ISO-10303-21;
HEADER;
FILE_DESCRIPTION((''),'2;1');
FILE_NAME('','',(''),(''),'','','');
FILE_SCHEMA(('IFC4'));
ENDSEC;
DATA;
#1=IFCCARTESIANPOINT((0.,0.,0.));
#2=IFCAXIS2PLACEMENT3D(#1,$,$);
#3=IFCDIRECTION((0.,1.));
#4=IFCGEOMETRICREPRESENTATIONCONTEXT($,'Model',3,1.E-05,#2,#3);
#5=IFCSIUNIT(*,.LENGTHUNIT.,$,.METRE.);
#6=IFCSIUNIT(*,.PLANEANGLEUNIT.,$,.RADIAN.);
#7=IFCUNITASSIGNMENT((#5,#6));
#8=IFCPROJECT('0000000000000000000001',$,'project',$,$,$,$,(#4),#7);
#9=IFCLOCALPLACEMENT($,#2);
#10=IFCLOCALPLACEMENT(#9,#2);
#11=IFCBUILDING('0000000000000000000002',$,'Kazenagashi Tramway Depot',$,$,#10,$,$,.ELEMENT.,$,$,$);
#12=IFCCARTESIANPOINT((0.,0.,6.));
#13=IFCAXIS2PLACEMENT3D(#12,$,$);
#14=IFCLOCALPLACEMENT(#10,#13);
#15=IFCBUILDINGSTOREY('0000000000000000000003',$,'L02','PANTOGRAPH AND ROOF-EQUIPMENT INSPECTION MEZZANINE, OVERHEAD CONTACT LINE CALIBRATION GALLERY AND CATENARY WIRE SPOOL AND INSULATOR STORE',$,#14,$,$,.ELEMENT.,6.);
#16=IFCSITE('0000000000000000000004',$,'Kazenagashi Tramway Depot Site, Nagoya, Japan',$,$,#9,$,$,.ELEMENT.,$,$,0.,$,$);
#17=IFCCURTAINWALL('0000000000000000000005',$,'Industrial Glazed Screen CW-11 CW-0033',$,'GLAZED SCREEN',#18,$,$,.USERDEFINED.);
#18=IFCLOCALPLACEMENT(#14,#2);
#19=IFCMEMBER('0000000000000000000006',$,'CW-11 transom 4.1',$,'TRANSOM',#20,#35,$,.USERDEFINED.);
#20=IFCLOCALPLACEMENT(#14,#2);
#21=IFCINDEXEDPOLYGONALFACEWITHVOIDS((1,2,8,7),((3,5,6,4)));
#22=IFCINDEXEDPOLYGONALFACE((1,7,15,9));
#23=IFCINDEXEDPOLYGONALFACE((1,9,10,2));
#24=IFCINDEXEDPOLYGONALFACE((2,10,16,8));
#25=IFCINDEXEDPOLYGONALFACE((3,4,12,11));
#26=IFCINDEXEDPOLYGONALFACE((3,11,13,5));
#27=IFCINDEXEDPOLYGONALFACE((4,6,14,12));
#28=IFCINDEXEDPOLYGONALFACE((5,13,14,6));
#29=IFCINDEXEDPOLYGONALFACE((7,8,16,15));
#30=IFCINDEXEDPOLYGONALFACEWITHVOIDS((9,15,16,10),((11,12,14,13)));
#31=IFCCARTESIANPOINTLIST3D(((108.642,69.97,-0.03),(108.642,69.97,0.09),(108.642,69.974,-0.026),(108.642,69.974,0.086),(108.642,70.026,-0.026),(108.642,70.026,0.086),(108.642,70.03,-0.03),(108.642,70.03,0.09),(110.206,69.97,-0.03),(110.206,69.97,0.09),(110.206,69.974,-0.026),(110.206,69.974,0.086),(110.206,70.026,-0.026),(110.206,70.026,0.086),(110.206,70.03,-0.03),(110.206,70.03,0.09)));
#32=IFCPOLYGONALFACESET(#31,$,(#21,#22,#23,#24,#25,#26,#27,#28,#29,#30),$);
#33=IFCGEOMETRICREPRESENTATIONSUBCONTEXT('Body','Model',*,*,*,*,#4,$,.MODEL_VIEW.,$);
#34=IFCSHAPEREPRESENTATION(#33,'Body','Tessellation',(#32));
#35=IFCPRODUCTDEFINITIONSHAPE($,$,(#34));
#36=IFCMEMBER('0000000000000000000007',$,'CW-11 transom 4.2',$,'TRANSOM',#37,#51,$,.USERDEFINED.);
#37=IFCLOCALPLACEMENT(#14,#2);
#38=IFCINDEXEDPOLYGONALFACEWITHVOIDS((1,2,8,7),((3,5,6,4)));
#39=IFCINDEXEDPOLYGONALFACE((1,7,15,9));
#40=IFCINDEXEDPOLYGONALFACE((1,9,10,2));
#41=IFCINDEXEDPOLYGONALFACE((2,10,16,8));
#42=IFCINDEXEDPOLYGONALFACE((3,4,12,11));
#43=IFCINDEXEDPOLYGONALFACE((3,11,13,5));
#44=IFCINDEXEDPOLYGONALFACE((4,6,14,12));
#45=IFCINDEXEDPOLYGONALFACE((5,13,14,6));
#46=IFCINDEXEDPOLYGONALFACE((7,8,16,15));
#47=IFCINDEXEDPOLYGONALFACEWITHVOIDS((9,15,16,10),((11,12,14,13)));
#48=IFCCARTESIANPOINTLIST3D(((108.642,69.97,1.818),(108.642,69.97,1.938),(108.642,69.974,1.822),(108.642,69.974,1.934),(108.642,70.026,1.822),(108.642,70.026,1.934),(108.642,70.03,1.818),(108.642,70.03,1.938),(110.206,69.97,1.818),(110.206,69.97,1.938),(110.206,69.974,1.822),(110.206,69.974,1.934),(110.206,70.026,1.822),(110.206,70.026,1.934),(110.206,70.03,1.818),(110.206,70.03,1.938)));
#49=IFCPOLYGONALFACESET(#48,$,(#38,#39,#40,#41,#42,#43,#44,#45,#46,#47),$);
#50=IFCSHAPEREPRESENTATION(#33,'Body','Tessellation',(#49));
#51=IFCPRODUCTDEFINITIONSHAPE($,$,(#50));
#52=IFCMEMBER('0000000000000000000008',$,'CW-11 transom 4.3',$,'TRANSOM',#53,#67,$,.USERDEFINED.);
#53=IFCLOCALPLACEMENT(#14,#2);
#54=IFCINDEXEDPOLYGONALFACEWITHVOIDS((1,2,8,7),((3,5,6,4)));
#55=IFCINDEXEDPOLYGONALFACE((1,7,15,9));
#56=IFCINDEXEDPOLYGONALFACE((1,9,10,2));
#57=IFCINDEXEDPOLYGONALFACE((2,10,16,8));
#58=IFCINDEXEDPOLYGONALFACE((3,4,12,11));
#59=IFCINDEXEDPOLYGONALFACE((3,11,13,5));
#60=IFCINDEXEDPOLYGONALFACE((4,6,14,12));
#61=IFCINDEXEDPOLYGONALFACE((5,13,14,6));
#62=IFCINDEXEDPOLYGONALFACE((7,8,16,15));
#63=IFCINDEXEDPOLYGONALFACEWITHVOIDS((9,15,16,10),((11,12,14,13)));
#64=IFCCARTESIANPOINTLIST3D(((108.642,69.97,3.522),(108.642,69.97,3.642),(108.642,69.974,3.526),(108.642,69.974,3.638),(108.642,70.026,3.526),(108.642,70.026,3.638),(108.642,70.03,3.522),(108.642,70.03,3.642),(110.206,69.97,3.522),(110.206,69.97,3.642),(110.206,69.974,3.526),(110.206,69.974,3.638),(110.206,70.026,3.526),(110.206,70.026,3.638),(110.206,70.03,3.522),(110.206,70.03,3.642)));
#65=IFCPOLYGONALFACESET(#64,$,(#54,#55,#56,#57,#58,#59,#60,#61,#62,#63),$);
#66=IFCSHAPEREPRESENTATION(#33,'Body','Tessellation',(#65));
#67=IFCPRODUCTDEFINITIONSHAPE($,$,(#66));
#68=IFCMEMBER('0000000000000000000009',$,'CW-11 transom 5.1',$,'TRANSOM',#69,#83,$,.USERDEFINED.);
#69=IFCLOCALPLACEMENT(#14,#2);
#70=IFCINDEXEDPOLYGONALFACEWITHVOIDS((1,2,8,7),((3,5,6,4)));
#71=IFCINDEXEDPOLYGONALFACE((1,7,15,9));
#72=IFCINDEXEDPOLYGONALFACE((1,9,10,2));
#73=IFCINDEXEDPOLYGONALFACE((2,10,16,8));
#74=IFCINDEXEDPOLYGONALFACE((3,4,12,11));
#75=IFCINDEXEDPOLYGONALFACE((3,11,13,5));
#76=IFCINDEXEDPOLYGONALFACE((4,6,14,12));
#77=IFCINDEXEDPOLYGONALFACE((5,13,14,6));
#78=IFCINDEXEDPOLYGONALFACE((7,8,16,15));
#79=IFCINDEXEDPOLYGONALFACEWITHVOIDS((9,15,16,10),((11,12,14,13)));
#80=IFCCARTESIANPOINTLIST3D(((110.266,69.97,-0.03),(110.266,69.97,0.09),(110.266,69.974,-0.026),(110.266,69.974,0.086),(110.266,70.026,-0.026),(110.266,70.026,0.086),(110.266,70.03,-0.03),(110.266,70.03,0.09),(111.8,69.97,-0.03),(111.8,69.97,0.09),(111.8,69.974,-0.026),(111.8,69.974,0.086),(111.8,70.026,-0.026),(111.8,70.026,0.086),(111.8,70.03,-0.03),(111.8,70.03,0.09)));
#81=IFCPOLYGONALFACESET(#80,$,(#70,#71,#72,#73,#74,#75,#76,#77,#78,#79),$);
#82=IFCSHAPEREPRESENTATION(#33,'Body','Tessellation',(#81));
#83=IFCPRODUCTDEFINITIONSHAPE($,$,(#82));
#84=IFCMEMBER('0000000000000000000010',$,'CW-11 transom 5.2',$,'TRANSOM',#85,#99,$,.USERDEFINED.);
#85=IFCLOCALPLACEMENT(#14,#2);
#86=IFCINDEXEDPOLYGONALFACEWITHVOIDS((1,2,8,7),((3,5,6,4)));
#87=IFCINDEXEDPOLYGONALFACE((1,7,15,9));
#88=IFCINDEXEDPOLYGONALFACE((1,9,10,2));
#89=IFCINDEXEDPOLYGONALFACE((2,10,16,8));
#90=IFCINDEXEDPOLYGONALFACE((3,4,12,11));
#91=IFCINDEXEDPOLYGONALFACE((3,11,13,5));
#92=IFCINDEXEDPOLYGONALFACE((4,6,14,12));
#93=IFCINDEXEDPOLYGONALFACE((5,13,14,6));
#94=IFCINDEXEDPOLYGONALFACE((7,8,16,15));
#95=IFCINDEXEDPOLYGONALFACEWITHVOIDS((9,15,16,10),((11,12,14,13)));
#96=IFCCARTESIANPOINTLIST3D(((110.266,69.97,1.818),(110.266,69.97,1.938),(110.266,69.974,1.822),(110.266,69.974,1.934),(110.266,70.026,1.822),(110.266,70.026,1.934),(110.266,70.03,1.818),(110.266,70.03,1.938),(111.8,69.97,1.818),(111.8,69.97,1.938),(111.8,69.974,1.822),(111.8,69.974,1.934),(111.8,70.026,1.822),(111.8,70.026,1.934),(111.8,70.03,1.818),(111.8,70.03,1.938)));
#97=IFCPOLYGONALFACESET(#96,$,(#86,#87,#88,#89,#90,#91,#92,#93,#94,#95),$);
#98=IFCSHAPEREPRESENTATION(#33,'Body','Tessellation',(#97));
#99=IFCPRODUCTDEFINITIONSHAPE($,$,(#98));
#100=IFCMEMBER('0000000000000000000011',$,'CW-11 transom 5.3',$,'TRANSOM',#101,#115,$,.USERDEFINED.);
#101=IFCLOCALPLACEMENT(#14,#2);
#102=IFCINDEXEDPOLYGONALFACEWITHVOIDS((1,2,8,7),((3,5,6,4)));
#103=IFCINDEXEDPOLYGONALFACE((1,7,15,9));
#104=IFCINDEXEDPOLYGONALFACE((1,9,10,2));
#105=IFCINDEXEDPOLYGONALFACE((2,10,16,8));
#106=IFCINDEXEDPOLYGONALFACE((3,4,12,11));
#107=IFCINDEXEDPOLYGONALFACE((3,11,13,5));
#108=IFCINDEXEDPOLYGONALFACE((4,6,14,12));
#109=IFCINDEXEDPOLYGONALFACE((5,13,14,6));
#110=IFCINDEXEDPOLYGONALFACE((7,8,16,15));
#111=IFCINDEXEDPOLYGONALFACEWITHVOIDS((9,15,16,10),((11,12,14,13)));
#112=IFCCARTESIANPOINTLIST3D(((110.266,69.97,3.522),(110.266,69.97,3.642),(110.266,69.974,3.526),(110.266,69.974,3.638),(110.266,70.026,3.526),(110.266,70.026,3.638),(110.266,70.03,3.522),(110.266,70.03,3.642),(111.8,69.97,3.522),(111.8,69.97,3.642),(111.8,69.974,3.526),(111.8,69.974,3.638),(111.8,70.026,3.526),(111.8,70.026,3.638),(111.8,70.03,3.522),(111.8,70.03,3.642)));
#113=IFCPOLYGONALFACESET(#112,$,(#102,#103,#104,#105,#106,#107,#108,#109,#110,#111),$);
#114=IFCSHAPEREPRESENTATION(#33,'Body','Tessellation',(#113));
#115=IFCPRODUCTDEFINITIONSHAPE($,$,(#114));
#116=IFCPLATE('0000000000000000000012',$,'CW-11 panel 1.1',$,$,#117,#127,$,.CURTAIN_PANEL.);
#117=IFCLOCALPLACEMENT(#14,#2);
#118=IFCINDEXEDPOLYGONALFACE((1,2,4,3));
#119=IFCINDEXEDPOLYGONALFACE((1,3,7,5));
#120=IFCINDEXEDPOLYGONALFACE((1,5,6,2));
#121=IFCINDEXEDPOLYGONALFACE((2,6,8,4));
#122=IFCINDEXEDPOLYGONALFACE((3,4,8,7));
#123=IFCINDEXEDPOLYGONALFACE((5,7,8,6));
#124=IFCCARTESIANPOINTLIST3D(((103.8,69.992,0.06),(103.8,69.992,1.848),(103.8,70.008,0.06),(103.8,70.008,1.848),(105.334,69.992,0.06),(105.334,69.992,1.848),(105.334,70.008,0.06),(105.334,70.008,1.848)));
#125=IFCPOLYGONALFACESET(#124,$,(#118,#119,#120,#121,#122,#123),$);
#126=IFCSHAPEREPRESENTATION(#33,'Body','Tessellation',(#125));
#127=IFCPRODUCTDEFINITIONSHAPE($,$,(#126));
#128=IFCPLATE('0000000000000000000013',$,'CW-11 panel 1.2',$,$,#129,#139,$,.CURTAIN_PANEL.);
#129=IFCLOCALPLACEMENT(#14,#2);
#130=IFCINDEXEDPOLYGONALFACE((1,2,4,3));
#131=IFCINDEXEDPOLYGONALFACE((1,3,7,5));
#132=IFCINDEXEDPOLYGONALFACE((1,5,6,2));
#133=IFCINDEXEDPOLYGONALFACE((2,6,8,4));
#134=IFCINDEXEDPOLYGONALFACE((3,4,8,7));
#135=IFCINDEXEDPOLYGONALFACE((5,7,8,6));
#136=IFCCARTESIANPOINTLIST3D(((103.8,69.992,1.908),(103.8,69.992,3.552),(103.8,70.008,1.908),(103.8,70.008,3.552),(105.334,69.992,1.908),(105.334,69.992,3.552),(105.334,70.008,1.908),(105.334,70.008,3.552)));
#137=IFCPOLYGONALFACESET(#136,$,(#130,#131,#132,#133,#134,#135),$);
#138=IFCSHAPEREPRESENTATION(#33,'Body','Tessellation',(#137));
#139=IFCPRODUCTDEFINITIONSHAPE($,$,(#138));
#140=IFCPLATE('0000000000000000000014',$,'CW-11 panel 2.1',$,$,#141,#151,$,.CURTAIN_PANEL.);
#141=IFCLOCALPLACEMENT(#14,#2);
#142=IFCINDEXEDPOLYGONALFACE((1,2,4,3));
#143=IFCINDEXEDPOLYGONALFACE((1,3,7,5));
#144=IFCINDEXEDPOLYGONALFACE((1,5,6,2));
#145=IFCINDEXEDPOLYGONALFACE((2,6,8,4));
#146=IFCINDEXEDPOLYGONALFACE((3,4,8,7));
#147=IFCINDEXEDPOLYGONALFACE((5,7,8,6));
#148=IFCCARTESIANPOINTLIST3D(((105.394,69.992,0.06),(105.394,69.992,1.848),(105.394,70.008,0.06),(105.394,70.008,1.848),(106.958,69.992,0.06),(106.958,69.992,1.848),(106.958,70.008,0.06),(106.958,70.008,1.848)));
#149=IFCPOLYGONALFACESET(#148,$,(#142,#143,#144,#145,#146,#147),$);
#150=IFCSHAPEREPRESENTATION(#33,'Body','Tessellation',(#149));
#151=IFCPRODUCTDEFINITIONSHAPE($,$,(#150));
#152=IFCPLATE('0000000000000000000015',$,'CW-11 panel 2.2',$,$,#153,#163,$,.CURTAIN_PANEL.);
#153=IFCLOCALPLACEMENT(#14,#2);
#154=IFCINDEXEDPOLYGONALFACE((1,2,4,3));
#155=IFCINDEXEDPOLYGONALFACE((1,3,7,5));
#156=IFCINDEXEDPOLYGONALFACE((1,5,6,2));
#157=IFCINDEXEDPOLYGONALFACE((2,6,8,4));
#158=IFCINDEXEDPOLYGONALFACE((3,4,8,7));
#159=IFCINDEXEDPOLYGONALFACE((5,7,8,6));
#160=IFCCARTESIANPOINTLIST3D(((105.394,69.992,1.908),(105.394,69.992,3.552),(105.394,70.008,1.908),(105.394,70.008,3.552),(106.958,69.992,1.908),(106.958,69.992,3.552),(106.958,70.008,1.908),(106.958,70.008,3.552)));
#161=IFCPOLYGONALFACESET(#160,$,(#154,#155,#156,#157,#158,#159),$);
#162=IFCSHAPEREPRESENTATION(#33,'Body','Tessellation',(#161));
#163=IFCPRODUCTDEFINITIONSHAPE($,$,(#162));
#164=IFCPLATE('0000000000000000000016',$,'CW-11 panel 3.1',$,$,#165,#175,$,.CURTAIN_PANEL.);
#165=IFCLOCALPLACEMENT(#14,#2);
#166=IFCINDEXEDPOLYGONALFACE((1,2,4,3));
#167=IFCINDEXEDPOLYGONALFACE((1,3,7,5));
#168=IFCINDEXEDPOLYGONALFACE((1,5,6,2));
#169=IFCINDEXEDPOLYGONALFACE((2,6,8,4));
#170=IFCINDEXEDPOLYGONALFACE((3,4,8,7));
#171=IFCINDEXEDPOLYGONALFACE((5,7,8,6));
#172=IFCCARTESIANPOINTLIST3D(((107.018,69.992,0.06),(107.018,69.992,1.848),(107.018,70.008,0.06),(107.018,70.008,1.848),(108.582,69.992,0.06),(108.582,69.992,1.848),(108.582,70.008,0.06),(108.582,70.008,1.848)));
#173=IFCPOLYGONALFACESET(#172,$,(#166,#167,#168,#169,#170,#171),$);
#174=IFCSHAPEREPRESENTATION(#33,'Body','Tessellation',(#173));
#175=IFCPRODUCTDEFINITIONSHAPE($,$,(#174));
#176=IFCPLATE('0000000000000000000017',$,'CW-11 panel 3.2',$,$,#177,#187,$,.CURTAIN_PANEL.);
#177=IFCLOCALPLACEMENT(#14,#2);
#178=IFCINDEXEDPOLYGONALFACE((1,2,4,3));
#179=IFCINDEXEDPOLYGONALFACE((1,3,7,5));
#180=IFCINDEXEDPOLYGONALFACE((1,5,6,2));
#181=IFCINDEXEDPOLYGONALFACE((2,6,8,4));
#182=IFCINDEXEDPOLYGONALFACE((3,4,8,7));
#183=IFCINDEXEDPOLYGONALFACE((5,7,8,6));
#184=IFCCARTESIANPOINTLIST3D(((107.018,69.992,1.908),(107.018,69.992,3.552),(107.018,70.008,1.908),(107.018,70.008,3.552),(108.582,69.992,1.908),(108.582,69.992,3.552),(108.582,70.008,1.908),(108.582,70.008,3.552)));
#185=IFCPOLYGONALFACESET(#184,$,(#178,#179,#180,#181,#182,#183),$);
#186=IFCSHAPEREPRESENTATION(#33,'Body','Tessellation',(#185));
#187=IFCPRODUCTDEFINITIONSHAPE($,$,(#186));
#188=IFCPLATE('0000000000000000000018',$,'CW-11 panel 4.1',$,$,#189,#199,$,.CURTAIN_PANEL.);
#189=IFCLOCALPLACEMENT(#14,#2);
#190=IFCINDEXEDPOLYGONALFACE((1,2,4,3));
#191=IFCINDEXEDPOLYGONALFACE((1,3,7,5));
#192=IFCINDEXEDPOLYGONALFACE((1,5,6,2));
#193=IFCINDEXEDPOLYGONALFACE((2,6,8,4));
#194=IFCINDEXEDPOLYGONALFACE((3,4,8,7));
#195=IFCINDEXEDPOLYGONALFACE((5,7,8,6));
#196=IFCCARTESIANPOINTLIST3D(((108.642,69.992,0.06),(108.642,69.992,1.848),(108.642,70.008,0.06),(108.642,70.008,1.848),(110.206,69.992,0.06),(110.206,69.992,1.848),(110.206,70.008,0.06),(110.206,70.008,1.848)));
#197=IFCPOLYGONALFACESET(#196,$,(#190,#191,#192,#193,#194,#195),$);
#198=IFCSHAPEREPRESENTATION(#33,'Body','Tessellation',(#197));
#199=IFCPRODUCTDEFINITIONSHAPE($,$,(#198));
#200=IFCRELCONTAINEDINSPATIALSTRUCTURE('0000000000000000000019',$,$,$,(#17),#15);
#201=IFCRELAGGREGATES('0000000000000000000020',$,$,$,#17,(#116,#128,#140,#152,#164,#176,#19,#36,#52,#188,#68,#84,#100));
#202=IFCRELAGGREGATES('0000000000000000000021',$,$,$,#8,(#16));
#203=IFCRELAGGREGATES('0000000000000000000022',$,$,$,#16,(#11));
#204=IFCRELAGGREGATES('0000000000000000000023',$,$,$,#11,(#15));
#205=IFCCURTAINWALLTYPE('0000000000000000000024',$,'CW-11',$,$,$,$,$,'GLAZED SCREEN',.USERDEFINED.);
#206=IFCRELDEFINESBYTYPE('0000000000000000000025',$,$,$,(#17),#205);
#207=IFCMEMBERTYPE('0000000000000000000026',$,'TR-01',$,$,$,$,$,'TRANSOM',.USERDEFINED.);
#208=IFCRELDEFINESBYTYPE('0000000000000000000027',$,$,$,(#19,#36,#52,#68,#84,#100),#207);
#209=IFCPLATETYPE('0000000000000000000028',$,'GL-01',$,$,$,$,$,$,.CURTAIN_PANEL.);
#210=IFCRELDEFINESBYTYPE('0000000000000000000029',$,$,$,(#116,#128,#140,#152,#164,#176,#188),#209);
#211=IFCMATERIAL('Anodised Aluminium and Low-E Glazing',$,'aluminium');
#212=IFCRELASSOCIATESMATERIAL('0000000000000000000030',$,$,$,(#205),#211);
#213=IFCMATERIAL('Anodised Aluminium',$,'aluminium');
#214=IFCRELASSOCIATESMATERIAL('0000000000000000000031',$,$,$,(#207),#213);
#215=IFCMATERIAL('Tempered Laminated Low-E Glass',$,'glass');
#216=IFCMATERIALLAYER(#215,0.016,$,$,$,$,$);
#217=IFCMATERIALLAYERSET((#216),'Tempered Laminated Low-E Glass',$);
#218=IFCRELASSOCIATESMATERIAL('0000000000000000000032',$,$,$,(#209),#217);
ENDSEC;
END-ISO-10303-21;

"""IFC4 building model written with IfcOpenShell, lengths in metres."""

from ifc_helpers import new_model, si_unit, direction, frame, origin, origin_2d, place, context, subcontext, project, spatial, rectangle, hollow_rectangle, extrude, material, layer, layer_set, material_profile, profile_set, type_object, element, aggregate, save


model = new_model("IFC4")

# Units and contexts
model_context = context("Model", 3, precision=1e-05, world=origin(), true_north=direction((0.0, 1.0)))
body_context = subcontext(model_context, "Body", "Model", "MODEL_VIEW")
ifc_project = project(units=[si_unit("LENGTHUNIT", "METRE"), si_unit("PLANEANGLEUNIT", "RADIAN")], contexts=[model_context])

# Site, building, storey
site_placement = place(None, origin())
site = spatial("IfcSite", under=ifc_project, at=site_placement, Name="Kazenagashi Tramway Depot Site, Nagoya, Japan", CompositionType="ELEMENT", RefElevation=0.0)
building_placement = place(site_placement, origin())
building = spatial("IfcBuilding", under=site, at=building_placement, Name="Kazenagashi Tramway Depot", CompositionType="ELEMENT")
storey_placement = place(building_placement, frame((0.0, 0.0, 6.0)))
storey = spatial("IfcBuildingStorey", under=building, at=storey_placement, Name="L02", Description="PANTOGRAPH AND ROOF-EQUIPMENT INSPECTION MEZZANINE, OVERHEAD CONTACT LINE CALIBRATION GALLERY AND CATENARY WIRE SPOOL AND INSULATOR STORE", CompositionType="ELEMENT", Elevation=6.0)

# Curtain wall
ifc_material_1 = material(Name="Anodised Aluminium and Low-E Glazing", Category="aluminium")
curtain_wall_type = type_object("IfcCurtainWallType", Name="CW-11", ElementType="GLAZED SCREEN", PredefinedType="USERDEFINED", material=ifc_material_1)
curtain_wall_placement = place(storey_placement, origin())
curtain_wall = element("IfcCurtainWall", 1, at=curtain_wall_placement, inside=storey, type_object=curtain_wall_type, Name="Industrial Glazed Screen CW-11 CW-0033", ObjectType="GLAZED SCREEN", PredefinedType="USERDEFINED")
ifc_material_2 = material(Name="Anodised Aluminium", Category="aluminium")

# Members
ifc_material_profile_1 = material_profile(ifc_material_2, hollow_rectangle(XDim=0.06, YDim=0.12, WallThickness=0.004, at=origin_2d()), Name="RHS-120x60x4")
ifc_profile_set_1 = profile_set([ifc_material_profile_1], Name="Anodised Aluminium")
member_type_1 = type_object("IfcMemberType", Name="TR-01", ElementType="TRANSOM", PredefinedType="USERDEFINED", material=ifc_profile_set_1)
member_1_placement = place(storey_placement, frame((108.642, 70.0, 0.03), z_axis=(1.0, 0.0, 0.0), x_axis=(0.0, 1.0, 0.0)))
member_1 = element("IfcMember", 2, at=member_1_placement, type_object=member_type_1, Name="CW-11 transom 4.1", ObjectType="TRANSOM", PredefinedType="USERDEFINED", context=body_context, shape_type="SweptSolid", body=[
    extrude(hollow_rectangle(XDim=0.06, YDim=0.12, WallThickness=0.004, at=origin_2d()), origin(), (0.0, 0.0, 1.0), 1.564),
])
member_2_placement = place(storey_placement, frame((108.642, 70.0, 1.878), z_axis=(1.0, 0.0, 0.0), x_axis=(0.0, 1.0, 0.0)))
member_2 = element("IfcMember", 3, at=member_2_placement, type_object=member_type_1, Name="CW-11 transom 4.2", ObjectType="TRANSOM", PredefinedType="USERDEFINED", context=body_context, shape_type="SweptSolid", body=[
    extrude(hollow_rectangle(XDim=0.06, YDim=0.12, WallThickness=0.004, at=origin_2d()), origin(), (0.0, 0.0, 1.0), 1.564),
])
member_3_placement = place(storey_placement, frame((108.642, 70.0, 3.582), z_axis=(1.0, 0.0, 0.0), x_axis=(0.0, 1.0, 0.0)))
member_3 = element("IfcMember", 4, at=member_3_placement, type_object=member_type_1, Name="CW-11 transom 4.3", ObjectType="TRANSOM", PredefinedType="USERDEFINED", context=body_context, shape_type="SweptSolid", body=[
    extrude(hollow_rectangle(XDim=0.06, YDim=0.12, WallThickness=0.004, at=origin_2d()), origin(), (0.0, 0.0, 1.0), 1.564),
])
member_4_placement = place(storey_placement, frame((110.266, 70.0, 0.03), z_axis=(1.0, 0.0, 0.0), x_axis=(0.0, 1.0, 0.0)))
member_4 = element("IfcMember", 5, at=member_4_placement, type_object=member_type_1, Name="CW-11 transom 5.1", ObjectType="TRANSOM", PredefinedType="USERDEFINED", context=body_context, shape_type="SweptSolid", body=[
    extrude(hollow_rectangle(XDim=0.06, YDim=0.12, WallThickness=0.004, at=origin_2d()), origin(), (0.0, 0.0, 1.0), 1.534),
])
member_5_placement = place(storey_placement, frame((110.266, 70.0, 1.878), z_axis=(1.0, 0.0, 0.0), x_axis=(0.0, 1.0, 0.0)))
member_5 = element("IfcMember", 6, at=member_5_placement, type_object=member_type_1, Name="CW-11 transom 5.2", ObjectType="TRANSOM", PredefinedType="USERDEFINED", context=body_context, shape_type="SweptSolid", body=[
    extrude(hollow_rectangle(XDim=0.06, YDim=0.12, WallThickness=0.004, at=origin_2d()), origin(), (0.0, 0.0, 1.0), 1.534),
])
member_6_placement = place(storey_placement, frame((110.266, 70.0, 3.582), z_axis=(1.0, 0.0, 0.0), x_axis=(0.0, 1.0, 0.0)))
member_6 = element("IfcMember", 7, at=member_6_placement, type_object=member_type_1, Name="CW-11 transom 5.3", ObjectType="TRANSOM", PredefinedType="USERDEFINED", context=body_context, shape_type="SweptSolid", body=[
    extrude(hollow_rectangle(XDim=0.06, YDim=0.12, WallThickness=0.004, at=origin_2d()), origin(), (0.0, 0.0, 1.0), 1.534),
])

# Plates
ifc_material_3 = material(Name="Tempered Laminated Low-E Glass", Category="glass")
ifc_layer = layer(ifc_material_3, 0.016)
ifc_layer_set = layer_set([ifc_layer], Name="Tempered Laminated Low-E Glass")
plate_type = type_object("IfcPlateType", Name="GL-01", PredefinedType="CURTAIN_PANEL", material=ifc_layer_set)
plate_1_placement = place(storey_placement, frame((104.567, 70.0, 0.06), z_axis=(0.0, 0.0, 1.0), x_axis=(1.0, 0.0, 0.0)))
plate_1 = element("IfcPlate", 8, at=plate_1_placement, type_object=plate_type, Name="CW-11 panel 1.1", PredefinedType="CURTAIN_PANEL", context=body_context, shape_type="SweptSolid", body=[
    extrude(rectangle(XDim=1.534, YDim=0.016, at=origin_2d()), origin(), (0.0, 0.0, 1.0), 1.788),
])
plate_2_placement = place(storey_placement, frame((104.567, 70.0, 1.908), z_axis=(0.0, 0.0, 1.0), x_axis=(1.0, 0.0, 0.0)))
plate_2 = element("IfcPlate", 9, at=plate_2_placement, type_object=plate_type, Name="CW-11 panel 1.2", PredefinedType="CURTAIN_PANEL", context=body_context, shape_type="SweptSolid", body=[
    extrude(rectangle(XDim=1.534, YDim=0.016, at=origin_2d()), origin(), (0.0, 0.0, 1.0), 1.644),
])
plate_3_placement = place(storey_placement, frame((106.176, 70.0, 0.06), z_axis=(0.0, 0.0, 1.0), x_axis=(1.0, 0.0, 0.0)))
plate_3 = element("IfcPlate", 10, at=plate_3_placement, type_object=plate_type, Name="CW-11 panel 2.1", PredefinedType="CURTAIN_PANEL", context=body_context, shape_type="SweptSolid", body=[
    extrude(rectangle(XDim=1.564, YDim=0.016, at=origin_2d()), origin(), (0.0, 0.0, 1.0), 1.788),
])
plate_4_placement = place(storey_placement, frame((106.176, 70.0, 1.908), z_axis=(0.0, 0.0, 1.0), x_axis=(1.0, 0.0, 0.0)))
plate_4 = element("IfcPlate", 11, at=plate_4_placement, type_object=plate_type, Name="CW-11 panel 2.2", PredefinedType="CURTAIN_PANEL", context=body_context, shape_type="SweptSolid", body=[
    extrude(rectangle(XDim=1.564, YDim=0.016, at=origin_2d()), origin(), (0.0, 0.0, 1.0), 1.644),
])
plate_5_placement = place(storey_placement, frame((107.8, 70.0, 0.06), z_axis=(0.0, 0.0, 1.0), x_axis=(1.0, 0.0, 0.0)))
plate_5 = element("IfcPlate", 12, at=plate_5_placement, type_object=plate_type, Name="CW-11 panel 3.1", PredefinedType="CURTAIN_PANEL", context=body_context, shape_type="SweptSolid", body=[
    extrude(rectangle(XDim=1.564, YDim=0.016, at=origin_2d()), origin(), (0.0, 0.0, 1.0), 1.788),
])
plate_6_placement = place(storey_placement, frame((107.8, 70.0, 1.908), z_axis=(0.0, 0.0, 1.0), x_axis=(1.0, 0.0, 0.0)))
plate_6 = element("IfcPlate", 13, at=plate_6_placement, type_object=plate_type, Name="CW-11 panel 3.2", PredefinedType="CURTAIN_PANEL", context=body_context, shape_type="SweptSolid", body=[
    extrude(rectangle(XDim=1.564, YDim=0.016, at=origin_2d()), origin(), (0.0, 0.0, 1.0), 1.644),
])
plate_7_placement = place(storey_placement, frame((109.424, 70.0, 0.06), z_axis=(0.0, 0.0, 1.0), x_axis=(1.0, 0.0, 0.0)))
plate_7 = element("IfcPlate", 14, at=plate_7_placement, type_object=plate_type, Name="CW-11 panel 4.1", PredefinedType="CURTAIN_PANEL", context=body_context, shape_type="SweptSolid", body=[
    extrude(rectangle(XDim=1.564, YDim=0.016, at=origin_2d()), origin(), (0.0, 0.0, 1.0), 1.788),
])
aggregate(curtain_wall, [plate_1, plate_2, plate_3, plate_4, plate_5, plate_6, member_1, member_2, member_3, plate_7, member_4, member_5, member_6])

save(model, "model.ifc")
